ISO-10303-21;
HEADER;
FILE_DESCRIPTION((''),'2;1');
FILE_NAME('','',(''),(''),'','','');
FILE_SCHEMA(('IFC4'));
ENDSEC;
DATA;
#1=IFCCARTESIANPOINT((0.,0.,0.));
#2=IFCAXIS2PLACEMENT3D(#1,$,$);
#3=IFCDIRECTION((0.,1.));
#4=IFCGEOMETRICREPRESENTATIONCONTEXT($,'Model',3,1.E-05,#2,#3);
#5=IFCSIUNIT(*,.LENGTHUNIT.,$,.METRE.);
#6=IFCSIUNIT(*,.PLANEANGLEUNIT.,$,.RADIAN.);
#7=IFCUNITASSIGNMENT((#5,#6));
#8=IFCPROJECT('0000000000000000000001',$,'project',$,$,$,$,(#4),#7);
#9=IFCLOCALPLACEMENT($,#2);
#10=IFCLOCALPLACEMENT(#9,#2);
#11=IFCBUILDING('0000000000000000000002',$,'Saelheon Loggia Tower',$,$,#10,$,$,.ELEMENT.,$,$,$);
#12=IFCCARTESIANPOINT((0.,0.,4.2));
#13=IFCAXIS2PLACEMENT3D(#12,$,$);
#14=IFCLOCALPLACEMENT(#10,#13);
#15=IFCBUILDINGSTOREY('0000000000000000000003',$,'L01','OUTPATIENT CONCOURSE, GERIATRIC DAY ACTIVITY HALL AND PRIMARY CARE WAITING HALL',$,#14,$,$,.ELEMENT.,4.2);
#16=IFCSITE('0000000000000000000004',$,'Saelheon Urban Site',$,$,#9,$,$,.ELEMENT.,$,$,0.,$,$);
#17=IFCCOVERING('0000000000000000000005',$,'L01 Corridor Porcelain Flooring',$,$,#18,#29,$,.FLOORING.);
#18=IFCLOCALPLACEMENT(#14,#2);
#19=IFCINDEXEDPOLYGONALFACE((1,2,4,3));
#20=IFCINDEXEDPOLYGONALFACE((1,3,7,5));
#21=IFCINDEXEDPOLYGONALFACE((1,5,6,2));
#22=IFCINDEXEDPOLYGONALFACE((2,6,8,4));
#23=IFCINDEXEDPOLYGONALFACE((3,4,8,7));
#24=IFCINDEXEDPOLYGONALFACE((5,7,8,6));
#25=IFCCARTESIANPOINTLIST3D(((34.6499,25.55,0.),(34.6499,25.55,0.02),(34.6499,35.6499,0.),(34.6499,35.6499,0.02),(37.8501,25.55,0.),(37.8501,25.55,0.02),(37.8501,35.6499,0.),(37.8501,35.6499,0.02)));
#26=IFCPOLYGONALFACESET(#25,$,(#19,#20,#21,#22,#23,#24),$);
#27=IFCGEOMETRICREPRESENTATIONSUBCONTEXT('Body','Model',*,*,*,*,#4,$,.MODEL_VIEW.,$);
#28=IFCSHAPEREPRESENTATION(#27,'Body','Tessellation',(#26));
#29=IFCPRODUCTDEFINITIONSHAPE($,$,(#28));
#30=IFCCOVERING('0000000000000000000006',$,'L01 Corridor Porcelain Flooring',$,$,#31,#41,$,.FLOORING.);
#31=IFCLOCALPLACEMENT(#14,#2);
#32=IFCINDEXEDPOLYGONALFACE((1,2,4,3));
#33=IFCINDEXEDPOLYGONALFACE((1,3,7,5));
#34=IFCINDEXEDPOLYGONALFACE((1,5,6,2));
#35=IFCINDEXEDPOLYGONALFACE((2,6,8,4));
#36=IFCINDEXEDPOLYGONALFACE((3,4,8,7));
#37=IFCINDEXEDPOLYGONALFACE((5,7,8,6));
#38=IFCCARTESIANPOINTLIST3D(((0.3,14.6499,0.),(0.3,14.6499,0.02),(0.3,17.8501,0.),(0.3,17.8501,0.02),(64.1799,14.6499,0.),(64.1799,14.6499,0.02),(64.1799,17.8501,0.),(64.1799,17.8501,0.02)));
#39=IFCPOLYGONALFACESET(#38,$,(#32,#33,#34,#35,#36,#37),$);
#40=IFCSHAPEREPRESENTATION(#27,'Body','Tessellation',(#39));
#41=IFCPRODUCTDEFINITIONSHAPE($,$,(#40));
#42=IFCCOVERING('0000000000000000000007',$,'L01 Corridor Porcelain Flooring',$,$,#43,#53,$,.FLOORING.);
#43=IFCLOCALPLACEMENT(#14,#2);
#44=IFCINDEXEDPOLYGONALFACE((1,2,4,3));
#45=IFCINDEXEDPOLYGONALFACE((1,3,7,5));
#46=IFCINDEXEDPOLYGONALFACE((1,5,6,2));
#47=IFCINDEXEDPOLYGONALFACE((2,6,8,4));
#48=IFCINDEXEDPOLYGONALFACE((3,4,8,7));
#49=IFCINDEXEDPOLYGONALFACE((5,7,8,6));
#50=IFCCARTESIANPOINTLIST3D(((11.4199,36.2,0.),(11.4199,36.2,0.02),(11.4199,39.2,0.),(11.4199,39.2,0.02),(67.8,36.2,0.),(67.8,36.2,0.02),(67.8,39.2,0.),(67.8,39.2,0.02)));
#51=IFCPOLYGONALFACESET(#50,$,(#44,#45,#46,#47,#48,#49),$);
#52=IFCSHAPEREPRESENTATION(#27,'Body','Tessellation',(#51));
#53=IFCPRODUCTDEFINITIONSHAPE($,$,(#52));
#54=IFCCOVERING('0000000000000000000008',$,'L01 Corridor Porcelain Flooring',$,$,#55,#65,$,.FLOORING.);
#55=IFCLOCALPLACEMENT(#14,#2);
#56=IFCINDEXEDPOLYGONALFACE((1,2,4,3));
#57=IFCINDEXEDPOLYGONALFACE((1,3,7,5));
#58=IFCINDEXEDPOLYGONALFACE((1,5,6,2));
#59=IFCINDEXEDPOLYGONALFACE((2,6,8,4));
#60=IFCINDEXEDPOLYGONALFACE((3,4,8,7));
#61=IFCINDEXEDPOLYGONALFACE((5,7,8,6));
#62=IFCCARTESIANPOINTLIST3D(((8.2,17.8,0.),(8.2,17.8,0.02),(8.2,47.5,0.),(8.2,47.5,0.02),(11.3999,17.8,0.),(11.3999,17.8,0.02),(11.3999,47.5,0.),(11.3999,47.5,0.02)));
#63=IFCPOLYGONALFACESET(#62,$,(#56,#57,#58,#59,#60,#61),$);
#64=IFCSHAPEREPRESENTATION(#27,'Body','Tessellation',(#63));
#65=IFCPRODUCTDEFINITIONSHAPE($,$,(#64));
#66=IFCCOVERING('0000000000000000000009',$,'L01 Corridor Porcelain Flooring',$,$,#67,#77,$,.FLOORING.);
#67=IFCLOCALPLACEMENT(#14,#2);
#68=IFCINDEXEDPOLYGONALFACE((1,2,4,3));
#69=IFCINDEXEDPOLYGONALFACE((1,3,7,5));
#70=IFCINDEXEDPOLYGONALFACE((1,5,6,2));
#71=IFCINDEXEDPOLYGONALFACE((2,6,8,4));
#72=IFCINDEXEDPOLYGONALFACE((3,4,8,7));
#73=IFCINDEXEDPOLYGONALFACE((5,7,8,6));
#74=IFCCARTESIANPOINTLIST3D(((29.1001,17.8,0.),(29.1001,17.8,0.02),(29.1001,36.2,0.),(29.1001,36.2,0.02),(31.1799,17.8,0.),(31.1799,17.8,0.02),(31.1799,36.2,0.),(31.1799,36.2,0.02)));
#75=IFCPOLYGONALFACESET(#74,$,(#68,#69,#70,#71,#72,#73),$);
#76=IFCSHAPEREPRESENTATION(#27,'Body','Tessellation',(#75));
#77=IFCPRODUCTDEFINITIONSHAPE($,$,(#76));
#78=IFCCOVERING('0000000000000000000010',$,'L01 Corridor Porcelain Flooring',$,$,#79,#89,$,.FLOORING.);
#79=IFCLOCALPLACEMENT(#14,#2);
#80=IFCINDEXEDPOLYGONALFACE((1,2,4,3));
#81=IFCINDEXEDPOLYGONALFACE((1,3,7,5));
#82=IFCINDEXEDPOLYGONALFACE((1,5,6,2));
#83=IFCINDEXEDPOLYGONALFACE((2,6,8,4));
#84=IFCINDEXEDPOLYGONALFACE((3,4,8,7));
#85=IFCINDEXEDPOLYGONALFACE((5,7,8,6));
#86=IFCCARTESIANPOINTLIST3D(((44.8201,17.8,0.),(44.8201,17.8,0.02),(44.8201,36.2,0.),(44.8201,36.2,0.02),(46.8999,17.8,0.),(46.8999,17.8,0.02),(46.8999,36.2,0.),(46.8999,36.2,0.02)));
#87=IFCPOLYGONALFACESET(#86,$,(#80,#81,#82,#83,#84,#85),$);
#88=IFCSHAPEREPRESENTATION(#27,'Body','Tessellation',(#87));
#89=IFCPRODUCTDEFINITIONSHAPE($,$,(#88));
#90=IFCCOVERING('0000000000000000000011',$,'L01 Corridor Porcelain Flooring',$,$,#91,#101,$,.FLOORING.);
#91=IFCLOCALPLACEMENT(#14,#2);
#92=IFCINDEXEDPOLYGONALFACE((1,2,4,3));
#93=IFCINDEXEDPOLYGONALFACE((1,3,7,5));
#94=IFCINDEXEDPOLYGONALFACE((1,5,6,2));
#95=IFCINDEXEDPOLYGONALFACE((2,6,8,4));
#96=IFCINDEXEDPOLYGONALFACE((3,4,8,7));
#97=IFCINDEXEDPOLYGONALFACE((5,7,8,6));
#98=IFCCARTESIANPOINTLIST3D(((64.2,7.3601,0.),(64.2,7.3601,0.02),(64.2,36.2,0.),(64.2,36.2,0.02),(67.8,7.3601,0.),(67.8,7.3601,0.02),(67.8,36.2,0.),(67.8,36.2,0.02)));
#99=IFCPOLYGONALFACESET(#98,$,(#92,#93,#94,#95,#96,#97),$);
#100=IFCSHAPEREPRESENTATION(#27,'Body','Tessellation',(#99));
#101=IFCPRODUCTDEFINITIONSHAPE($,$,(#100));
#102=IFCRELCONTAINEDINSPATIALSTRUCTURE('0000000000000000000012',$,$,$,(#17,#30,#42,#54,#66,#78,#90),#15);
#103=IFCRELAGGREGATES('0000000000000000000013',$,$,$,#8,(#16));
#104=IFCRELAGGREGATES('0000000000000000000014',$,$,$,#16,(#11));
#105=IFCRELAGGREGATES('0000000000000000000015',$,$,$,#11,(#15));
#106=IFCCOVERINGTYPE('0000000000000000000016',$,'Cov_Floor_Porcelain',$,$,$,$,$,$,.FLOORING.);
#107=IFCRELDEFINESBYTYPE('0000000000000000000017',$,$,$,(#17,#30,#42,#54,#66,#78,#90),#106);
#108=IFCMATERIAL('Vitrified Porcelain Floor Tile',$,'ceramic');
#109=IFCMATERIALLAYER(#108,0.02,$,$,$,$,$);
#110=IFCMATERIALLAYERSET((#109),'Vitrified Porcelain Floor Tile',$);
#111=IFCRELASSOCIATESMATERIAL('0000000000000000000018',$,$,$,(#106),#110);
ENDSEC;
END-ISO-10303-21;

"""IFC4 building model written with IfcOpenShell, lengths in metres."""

from ifc_helpers import new_model, si_unit, direction, frame, origin, place, context, subcontext, project, spatial, polyline, outline, extrude, material, layer, layer_set, type_object, element, save


model = new_model("IFC4")

# Units and contexts
model_context = context("Model", 3, precision=1e-05, world=origin(), true_north=direction((0.0, 1.0)))
body_context = subcontext(model_context, "Body", "Model", "MODEL_VIEW")
ifc_project = project(units=[si_unit("LENGTHUNIT", "METRE"), si_unit("PLANEANGLEUNIT", "RADIAN")], contexts=[model_context])

# Site, building, storey
site_placement = place(None, origin())
site = spatial("IfcSite", under=ifc_project, at=site_placement, Name="Saelheon Urban Site", CompositionType="ELEMENT", RefElevation=0.0)
building_placement = place(site_placement, origin())
building = spatial("IfcBuilding", under=site, at=building_placement, Name="Saelheon Loggia Tower", CompositionType="ELEMENT")
storey_placement = place(building_placement, frame((0.0, 0.0, 4.2)))
storey = spatial("IfcBuildingStorey", under=building, at=storey_placement, Name="L01", Description="OUTPATIENT CONCOURSE, GERIATRIC DAY ACTIVITY HALL AND PRIMARY CARE WAITING HALL", CompositionType="ELEMENT", Elevation=4.2)

# Coverings
ifc_material_1 = material(Name="Vitrified Porcelain Floor Tile", Category="ceramic")
ifc_layer_1 = layer(ifc_material_1, 0.02)
ifc_layer_set_1 = layer_set([ifc_layer_1], Name="Vitrified Porcelain Floor Tile")
covering_type = type_object("IfcCoveringType", Name="Cov_Floor_Porcelain", PredefinedType="FLOORING", material=ifc_layer_set_1)
covering_1_placement = place(storey_placement, origin())
element("IfcCovering", 1, at=covering_1_placement, inside=storey, type_object=covering_type, Name="L01 Corridor Porcelain Flooring", PredefinedType="FLOORING", context=body_context, shape_type="SweptSolid", body=[
    extrude(outline(polyline([(34.6499, 25.55), (37.8501, 25.55), (37.8501, 35.6499), (34.6499, 35.6499), (34.6499, 25.55)])), origin(), (0.0, 0.0, 1.0), 0.02),
])
covering_2_placement = place(storey_placement, origin())
element("IfcCovering", 2, at=covering_2_placement, inside=storey, type_object=covering_type, Name="L01 Corridor Porcelain Flooring", PredefinedType="FLOORING", context=body_context, shape_type="SweptSolid", body=[
    extrude(outline(polyline([(0.3, 14.6499), (64.1799, 14.6499), (64.1799, 17.8501), (0.3, 17.8501), (0.3, 14.6499)])), origin(), (0.0, 0.0, 1.0), 0.02),
])
covering_3_placement = place(storey_placement, origin())
element("IfcCovering", 3, at=covering_3_placement, inside=storey, type_object=covering_type, Name="L01 Corridor Porcelain Flooring", PredefinedType="FLOORING", context=body_context, shape_type="SweptSolid", body=[
    extrude(outline(polyline([(11.4199, 36.2), (67.8, 36.2), (67.8, 39.2), (11.4199, 39.2), (11.4199, 36.2)])), origin(), (0.0, 0.0, 1.0), 0.02),
])
covering_4_placement = place(storey_placement, origin())
element("IfcCovering", 4, at=covering_4_placement, inside=storey, type_object=covering_type, Name="L01 Corridor Porcelain Flooring", PredefinedType="FLOORING", context=body_context, shape_type="SweptSolid", body=[
    extrude(outline(polyline([(8.2, 17.8), (11.3999, 17.8), (11.3999, 47.5), (8.2, 47.5), (8.2, 17.8)])), origin(), (0.0, 0.0, 1.0), 0.02),
])
covering_5_placement = place(storey_placement, origin())
element("IfcCovering", 5, at=covering_5_placement, inside=storey, type_object=covering_type, Name="L01 Corridor Porcelain Flooring", PredefinedType="FLOORING", context=body_context, shape_type="SweptSolid", body=[
    extrude(outline(polyline([(29.1001, 17.8), (31.1799, 17.8), (31.1799, 36.2), (29.1001, 36.2), (29.1001, 17.8)])), origin(), (0.0, 0.0, 1.0), 0.02),
])
covering_6_placement = place(storey_placement, origin())
element("IfcCovering", 6, at=covering_6_placement, inside=storey, type_object=covering_type, Name="L01 Corridor Porcelain Flooring", PredefinedType="FLOORING", context=body_context, shape_type="SweptSolid", body=[
    extrude(outline(polyline([(44.8201, 17.8), (46.8999, 17.8), (46.8999, 36.2), (44.8201, 36.2), (44.8201, 17.8)])), origin(), (0.0, 0.0, 1.0), 0.02),
])
covering_7_placement = place(storey_placement, origin())
element("IfcCovering", 7, at=covering_7_placement, inside=storey, type_object=covering_type, Name="L01 Corridor Porcelain Flooring", PredefinedType="FLOORING", context=body_context, shape_type="SweptSolid", body=[
    extrude(outline(polyline([(64.2, 7.3601), (67.8, 7.3601), (67.8, 36.2), (64.2, 36.2), (64.2, 7.3601)])), origin(), (0.0, 0.0, 1.0), 0.02),
])

save(model, "model.ifc")
